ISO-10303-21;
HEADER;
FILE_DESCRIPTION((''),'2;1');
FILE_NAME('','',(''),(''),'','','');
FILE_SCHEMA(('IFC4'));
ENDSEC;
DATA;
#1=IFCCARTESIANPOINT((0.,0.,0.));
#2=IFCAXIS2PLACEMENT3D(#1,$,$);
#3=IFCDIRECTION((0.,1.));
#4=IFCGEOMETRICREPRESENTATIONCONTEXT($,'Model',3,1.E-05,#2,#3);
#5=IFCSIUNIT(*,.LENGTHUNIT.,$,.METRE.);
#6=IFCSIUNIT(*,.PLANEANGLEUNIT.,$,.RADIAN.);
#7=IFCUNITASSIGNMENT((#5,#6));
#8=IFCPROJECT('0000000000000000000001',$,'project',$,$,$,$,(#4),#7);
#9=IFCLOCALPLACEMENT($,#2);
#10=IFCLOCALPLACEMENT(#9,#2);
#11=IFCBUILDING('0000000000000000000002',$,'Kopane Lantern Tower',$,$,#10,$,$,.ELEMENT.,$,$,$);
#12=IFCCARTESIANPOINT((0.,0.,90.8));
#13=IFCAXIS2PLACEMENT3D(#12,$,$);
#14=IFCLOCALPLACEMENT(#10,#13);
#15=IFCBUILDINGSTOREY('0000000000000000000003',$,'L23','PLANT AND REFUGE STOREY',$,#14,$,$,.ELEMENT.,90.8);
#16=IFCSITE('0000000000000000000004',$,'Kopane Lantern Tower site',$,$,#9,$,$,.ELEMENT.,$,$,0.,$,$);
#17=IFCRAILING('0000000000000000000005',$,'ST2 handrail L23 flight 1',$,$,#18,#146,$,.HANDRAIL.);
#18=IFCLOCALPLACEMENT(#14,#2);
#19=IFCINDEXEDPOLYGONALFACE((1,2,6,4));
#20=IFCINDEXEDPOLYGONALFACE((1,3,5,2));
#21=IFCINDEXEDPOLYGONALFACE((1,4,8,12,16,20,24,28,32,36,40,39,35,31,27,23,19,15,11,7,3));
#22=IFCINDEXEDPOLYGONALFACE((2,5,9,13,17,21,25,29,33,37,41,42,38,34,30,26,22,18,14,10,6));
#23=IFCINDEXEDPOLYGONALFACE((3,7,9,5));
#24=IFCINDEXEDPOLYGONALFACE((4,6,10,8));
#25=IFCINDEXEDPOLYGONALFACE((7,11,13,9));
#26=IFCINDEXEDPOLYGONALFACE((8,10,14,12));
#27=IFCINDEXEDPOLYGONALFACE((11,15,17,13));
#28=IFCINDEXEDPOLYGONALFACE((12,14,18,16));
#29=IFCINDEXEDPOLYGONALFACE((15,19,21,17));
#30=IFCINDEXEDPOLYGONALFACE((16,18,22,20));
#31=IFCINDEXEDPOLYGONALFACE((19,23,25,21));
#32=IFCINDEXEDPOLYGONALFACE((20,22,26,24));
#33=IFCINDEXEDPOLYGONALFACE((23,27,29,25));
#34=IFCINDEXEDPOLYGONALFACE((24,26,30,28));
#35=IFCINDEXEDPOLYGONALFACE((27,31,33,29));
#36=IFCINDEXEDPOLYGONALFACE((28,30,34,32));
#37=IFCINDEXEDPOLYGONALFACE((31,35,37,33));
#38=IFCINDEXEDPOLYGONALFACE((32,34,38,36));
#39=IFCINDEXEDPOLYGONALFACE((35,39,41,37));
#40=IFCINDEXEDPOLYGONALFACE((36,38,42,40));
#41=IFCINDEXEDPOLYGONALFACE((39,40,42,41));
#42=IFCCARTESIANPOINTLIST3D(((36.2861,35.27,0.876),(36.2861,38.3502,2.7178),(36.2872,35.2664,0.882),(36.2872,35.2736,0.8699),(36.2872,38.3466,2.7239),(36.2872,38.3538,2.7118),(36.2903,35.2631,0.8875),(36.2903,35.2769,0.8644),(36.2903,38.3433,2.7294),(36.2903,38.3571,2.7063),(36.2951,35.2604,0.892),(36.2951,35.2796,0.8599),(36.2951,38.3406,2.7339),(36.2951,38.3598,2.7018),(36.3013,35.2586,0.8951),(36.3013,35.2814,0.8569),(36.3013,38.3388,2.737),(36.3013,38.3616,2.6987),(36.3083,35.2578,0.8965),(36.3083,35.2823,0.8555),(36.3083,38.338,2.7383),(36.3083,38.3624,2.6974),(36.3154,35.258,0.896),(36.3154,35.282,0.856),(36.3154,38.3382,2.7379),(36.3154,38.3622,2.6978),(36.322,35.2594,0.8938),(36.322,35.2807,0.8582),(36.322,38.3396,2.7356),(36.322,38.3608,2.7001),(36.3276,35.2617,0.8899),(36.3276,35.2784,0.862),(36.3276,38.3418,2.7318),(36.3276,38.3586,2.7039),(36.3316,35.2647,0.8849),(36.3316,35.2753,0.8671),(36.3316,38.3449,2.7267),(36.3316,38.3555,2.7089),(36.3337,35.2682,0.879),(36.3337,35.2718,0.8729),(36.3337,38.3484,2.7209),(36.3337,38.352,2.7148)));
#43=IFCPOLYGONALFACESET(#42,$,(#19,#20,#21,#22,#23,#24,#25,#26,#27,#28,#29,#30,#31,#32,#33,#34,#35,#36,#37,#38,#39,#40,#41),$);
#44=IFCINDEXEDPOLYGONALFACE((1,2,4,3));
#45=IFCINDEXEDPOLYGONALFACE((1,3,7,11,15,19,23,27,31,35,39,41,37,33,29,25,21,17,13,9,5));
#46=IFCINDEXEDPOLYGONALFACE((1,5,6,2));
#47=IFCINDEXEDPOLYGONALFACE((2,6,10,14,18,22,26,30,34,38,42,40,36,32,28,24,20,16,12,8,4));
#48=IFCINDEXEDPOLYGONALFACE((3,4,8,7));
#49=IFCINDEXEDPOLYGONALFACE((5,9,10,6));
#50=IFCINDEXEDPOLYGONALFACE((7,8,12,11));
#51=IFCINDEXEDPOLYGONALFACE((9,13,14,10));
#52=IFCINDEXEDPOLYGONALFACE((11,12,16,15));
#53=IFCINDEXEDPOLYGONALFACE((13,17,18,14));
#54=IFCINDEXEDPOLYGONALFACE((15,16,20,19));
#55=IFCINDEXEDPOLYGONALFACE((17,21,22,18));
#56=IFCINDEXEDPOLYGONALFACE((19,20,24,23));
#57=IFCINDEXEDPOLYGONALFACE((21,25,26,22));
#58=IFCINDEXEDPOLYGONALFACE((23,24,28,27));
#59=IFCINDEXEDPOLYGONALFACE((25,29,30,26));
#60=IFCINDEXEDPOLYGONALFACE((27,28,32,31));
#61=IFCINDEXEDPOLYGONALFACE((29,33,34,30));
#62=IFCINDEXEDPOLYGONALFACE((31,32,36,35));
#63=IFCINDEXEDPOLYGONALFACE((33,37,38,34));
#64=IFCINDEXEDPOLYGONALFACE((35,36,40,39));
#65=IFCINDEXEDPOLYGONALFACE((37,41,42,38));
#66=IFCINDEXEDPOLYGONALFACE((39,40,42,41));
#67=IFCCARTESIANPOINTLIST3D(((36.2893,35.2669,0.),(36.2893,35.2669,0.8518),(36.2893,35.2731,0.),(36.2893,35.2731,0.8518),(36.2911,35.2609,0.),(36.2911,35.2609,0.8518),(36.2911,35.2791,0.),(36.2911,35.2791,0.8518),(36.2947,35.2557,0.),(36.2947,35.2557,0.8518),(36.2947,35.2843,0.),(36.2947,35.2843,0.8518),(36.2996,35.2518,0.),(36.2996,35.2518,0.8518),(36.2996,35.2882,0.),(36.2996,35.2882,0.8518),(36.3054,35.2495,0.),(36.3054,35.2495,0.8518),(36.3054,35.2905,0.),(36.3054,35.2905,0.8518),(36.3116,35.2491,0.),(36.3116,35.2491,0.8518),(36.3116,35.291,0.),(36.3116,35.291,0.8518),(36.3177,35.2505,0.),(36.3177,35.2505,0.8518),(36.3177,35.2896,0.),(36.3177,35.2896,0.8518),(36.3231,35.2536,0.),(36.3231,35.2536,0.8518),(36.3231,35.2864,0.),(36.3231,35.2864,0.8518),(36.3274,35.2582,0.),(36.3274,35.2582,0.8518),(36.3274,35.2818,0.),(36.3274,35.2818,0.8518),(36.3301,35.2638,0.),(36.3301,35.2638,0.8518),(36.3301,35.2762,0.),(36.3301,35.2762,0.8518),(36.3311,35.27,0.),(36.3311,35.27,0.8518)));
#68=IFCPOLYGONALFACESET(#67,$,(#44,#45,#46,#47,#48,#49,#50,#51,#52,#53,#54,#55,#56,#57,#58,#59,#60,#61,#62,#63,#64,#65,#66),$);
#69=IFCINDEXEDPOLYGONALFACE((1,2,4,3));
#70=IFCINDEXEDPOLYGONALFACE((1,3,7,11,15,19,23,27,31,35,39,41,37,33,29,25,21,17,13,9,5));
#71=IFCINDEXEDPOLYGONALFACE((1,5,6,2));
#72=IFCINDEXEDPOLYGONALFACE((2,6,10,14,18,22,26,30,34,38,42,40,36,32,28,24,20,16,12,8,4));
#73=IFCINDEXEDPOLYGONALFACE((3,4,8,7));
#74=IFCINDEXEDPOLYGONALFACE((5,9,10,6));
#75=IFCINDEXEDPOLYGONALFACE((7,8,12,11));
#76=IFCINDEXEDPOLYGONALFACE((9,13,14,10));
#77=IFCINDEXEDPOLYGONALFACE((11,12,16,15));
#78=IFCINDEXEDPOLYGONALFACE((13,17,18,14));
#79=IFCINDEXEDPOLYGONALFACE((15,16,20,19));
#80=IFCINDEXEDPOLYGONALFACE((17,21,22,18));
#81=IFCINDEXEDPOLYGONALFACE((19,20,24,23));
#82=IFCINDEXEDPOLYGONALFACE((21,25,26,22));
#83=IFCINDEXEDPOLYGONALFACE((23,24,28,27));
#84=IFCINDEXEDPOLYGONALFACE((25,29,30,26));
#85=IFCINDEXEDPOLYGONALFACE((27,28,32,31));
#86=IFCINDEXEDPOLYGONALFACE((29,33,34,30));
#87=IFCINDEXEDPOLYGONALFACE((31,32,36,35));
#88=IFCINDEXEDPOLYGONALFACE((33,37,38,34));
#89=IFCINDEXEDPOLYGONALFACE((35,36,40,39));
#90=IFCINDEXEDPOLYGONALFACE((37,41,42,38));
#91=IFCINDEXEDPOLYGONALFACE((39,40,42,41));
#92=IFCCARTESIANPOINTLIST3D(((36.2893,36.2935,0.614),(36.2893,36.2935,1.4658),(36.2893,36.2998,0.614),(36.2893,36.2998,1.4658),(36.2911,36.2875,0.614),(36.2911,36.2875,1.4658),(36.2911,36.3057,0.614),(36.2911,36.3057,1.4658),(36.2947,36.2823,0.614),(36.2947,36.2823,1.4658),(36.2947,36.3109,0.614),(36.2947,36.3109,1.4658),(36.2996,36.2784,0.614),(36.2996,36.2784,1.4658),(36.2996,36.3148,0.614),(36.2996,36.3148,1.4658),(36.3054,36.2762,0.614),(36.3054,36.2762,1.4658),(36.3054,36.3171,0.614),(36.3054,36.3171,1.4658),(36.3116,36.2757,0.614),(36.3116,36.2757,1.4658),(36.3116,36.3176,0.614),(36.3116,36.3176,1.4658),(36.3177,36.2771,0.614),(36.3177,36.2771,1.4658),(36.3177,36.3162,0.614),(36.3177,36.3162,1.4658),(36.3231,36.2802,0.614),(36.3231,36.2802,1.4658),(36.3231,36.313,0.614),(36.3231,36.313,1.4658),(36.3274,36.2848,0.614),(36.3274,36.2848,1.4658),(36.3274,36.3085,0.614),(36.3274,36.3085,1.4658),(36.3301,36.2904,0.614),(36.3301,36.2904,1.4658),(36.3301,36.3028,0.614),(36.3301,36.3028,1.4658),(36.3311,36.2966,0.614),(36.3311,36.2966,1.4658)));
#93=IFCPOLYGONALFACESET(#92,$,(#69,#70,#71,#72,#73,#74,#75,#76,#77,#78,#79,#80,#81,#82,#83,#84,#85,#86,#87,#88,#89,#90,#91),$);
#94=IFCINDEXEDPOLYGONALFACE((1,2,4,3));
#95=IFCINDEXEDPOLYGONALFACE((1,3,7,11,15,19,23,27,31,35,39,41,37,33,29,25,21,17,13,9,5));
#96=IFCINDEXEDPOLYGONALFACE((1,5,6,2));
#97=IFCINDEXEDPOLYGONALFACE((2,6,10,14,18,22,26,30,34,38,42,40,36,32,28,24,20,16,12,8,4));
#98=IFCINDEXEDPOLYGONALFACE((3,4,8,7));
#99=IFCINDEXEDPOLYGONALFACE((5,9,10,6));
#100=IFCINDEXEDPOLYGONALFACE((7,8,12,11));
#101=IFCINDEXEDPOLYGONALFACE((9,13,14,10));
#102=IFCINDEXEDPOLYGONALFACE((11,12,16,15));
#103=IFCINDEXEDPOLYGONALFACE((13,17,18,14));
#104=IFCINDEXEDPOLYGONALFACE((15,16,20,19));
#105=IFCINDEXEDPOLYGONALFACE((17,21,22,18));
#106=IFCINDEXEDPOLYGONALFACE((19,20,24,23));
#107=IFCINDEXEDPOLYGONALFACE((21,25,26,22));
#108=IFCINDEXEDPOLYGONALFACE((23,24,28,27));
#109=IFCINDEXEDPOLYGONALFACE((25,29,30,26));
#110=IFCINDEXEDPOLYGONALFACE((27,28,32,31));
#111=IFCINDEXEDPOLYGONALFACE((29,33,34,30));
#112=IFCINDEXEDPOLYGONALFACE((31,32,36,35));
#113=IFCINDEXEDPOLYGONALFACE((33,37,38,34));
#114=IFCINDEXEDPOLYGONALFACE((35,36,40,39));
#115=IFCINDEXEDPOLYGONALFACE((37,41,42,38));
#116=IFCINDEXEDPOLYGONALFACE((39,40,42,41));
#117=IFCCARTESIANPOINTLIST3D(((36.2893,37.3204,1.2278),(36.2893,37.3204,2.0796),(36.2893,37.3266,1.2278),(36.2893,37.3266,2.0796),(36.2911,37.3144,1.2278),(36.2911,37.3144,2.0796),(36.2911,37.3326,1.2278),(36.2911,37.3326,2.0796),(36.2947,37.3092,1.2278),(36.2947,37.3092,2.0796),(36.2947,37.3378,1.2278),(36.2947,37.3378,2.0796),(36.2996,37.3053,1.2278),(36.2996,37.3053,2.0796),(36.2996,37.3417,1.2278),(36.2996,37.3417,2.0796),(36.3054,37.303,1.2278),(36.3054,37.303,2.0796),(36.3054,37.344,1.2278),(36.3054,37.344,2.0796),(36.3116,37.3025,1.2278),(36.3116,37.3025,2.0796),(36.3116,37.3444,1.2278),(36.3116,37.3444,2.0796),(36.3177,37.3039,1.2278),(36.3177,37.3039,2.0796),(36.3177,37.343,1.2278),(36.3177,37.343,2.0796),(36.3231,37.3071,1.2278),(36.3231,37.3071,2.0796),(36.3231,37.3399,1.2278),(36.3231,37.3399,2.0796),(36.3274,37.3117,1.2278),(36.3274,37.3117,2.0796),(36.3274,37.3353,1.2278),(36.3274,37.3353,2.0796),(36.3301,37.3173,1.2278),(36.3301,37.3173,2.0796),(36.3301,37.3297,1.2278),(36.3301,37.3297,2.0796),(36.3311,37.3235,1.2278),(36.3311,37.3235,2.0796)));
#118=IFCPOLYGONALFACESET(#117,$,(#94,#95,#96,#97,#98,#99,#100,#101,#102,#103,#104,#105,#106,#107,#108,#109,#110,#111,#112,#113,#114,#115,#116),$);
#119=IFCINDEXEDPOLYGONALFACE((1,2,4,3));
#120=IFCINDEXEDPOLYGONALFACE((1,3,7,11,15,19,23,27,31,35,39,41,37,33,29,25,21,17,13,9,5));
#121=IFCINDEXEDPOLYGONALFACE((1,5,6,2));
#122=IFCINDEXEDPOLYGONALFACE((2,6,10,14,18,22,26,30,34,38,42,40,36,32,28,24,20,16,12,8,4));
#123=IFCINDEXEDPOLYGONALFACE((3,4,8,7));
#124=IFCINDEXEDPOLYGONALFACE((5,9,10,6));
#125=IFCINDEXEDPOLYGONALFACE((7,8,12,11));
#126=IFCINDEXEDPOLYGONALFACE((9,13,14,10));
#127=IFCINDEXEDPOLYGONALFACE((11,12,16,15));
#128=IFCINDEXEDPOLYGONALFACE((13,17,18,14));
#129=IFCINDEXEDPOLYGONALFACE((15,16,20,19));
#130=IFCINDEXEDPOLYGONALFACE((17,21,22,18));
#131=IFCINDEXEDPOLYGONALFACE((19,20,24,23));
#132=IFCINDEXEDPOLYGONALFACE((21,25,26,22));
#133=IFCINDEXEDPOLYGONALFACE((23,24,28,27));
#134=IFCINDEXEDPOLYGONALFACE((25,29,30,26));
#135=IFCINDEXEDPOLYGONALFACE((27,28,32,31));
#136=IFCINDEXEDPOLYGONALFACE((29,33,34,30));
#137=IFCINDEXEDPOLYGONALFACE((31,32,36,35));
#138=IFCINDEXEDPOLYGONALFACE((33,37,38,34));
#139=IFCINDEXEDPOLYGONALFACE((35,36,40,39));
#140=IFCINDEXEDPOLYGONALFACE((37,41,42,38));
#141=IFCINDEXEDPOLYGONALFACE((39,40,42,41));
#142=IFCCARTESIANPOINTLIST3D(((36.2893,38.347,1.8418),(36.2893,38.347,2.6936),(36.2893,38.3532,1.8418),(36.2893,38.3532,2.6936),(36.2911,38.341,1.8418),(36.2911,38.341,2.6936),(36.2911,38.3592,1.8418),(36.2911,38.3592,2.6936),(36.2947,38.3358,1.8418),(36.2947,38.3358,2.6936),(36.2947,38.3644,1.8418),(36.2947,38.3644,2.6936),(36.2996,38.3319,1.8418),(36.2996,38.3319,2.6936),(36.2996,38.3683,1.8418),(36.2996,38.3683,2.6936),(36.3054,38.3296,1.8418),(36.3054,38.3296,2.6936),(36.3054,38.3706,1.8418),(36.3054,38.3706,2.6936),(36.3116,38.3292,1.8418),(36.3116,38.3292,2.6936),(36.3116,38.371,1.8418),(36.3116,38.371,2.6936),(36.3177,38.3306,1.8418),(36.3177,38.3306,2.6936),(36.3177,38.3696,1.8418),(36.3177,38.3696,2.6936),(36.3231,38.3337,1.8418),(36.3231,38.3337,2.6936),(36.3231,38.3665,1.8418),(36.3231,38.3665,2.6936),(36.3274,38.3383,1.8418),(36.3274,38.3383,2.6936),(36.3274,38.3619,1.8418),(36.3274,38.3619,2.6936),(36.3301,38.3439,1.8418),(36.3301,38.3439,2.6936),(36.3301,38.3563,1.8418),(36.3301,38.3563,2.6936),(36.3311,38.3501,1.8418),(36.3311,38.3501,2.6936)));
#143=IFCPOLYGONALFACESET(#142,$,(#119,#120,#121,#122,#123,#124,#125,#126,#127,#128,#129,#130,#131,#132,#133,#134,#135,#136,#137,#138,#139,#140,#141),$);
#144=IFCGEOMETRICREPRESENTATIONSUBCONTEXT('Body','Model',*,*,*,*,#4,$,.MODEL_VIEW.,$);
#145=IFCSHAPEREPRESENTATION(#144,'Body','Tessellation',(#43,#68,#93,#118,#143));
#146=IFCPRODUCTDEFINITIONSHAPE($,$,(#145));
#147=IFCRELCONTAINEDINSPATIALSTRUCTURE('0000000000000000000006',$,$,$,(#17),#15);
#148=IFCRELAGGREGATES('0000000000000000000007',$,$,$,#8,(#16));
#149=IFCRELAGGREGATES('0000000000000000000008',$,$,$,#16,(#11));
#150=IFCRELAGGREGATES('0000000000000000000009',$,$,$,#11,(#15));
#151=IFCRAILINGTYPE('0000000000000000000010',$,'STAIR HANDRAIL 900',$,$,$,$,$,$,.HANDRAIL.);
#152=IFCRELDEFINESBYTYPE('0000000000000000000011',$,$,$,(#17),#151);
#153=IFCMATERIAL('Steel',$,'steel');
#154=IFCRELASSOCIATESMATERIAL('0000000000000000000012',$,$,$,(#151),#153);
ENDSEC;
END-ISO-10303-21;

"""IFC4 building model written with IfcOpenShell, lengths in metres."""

from ifc_helpers import new_model, si_unit, direction, frame, origin, origin_2d, place, context, subcontext, project, spatial, circle, extrude, material, type_object, element, save


model = new_model("IFC4")

# Units and contexts
model_context = context("Model", 3, precision=1e-05, world=origin(), true_north=direction((0.0, 1.0)))
body_context = subcontext(model_context, "Body", "Model", "MODEL_VIEW")
ifc_project = project(units=[si_unit("LENGTHUNIT", "METRE"), si_unit("PLANEANGLEUNIT", "RADIAN")], contexts=[model_context])

# Site, building, storey
site_placement = place(None, origin())
site = spatial("IfcSite", under=ifc_project, at=site_placement, Name="Kopane Lantern Tower site", CompositionType="ELEMENT", RefElevation=0.0)
building_placement = place(site_placement, origin())
building = spatial("IfcBuilding", under=site, at=building_placement, Name="Kopane Lantern Tower", CompositionType="ELEMENT")
storey_placement = place(building_placement, frame((0.0, 0.0, 90.8)))
storey = spatial("IfcBuildingStorey", under=building, at=storey_placement, Name="L23", Description="PLANT AND REFUGE STOREY", CompositionType="ELEMENT", Elevation=90.8)

# Railing
ifc_material_1 = material(Name="Steel", Category="steel")
railing_type = type_object("IfcRailingType", Name="STAIR HANDRAIL 900", PredefinedType="HANDRAIL", material=ifc_material_1)
railing_placement = place(storey_placement, frame((36.3101, 35.27, 0.0)))
element("IfcRailing", 1, at=railing_placement, inside=storey, type_object=railing_type, Name="ST2 handrail L23 flight 1", PredefinedType="HANDRAIL", context=body_context, shape_type="SweptSolid", body=[
    extrude(circle(Radius=0.0239, at=origin_2d()), frame((0.0, 0.0, 0.876), z_axis=(0.0, 0.85826, 0.513215), x_axis=(-1.0, 0.0, 0.0)), (0.0, 0.0, 1.0), 3.5889),
    extrude(circle(Radius=0.021, at=origin_2d()), origin(), (0.0, 0.0, 1.0), 0.8518),
    extrude(circle(Radius=0.021, at=origin_2d()), frame((0.0, 1.0266, 0.614)), (0.0, 0.0, 1.0), 0.8518),
    extrude(circle(Radius=0.021, at=origin_2d()), frame((0.0, 2.0535, 1.2278)), (0.0, 0.0, 1.0), 0.8518),
    extrude(circle(Radius=0.021, at=origin_2d()), frame((0.0, 3.0801, 1.8418)), (0.0, 0.0, 1.0), 0.8518),
])

save(model, "model.ifc")
